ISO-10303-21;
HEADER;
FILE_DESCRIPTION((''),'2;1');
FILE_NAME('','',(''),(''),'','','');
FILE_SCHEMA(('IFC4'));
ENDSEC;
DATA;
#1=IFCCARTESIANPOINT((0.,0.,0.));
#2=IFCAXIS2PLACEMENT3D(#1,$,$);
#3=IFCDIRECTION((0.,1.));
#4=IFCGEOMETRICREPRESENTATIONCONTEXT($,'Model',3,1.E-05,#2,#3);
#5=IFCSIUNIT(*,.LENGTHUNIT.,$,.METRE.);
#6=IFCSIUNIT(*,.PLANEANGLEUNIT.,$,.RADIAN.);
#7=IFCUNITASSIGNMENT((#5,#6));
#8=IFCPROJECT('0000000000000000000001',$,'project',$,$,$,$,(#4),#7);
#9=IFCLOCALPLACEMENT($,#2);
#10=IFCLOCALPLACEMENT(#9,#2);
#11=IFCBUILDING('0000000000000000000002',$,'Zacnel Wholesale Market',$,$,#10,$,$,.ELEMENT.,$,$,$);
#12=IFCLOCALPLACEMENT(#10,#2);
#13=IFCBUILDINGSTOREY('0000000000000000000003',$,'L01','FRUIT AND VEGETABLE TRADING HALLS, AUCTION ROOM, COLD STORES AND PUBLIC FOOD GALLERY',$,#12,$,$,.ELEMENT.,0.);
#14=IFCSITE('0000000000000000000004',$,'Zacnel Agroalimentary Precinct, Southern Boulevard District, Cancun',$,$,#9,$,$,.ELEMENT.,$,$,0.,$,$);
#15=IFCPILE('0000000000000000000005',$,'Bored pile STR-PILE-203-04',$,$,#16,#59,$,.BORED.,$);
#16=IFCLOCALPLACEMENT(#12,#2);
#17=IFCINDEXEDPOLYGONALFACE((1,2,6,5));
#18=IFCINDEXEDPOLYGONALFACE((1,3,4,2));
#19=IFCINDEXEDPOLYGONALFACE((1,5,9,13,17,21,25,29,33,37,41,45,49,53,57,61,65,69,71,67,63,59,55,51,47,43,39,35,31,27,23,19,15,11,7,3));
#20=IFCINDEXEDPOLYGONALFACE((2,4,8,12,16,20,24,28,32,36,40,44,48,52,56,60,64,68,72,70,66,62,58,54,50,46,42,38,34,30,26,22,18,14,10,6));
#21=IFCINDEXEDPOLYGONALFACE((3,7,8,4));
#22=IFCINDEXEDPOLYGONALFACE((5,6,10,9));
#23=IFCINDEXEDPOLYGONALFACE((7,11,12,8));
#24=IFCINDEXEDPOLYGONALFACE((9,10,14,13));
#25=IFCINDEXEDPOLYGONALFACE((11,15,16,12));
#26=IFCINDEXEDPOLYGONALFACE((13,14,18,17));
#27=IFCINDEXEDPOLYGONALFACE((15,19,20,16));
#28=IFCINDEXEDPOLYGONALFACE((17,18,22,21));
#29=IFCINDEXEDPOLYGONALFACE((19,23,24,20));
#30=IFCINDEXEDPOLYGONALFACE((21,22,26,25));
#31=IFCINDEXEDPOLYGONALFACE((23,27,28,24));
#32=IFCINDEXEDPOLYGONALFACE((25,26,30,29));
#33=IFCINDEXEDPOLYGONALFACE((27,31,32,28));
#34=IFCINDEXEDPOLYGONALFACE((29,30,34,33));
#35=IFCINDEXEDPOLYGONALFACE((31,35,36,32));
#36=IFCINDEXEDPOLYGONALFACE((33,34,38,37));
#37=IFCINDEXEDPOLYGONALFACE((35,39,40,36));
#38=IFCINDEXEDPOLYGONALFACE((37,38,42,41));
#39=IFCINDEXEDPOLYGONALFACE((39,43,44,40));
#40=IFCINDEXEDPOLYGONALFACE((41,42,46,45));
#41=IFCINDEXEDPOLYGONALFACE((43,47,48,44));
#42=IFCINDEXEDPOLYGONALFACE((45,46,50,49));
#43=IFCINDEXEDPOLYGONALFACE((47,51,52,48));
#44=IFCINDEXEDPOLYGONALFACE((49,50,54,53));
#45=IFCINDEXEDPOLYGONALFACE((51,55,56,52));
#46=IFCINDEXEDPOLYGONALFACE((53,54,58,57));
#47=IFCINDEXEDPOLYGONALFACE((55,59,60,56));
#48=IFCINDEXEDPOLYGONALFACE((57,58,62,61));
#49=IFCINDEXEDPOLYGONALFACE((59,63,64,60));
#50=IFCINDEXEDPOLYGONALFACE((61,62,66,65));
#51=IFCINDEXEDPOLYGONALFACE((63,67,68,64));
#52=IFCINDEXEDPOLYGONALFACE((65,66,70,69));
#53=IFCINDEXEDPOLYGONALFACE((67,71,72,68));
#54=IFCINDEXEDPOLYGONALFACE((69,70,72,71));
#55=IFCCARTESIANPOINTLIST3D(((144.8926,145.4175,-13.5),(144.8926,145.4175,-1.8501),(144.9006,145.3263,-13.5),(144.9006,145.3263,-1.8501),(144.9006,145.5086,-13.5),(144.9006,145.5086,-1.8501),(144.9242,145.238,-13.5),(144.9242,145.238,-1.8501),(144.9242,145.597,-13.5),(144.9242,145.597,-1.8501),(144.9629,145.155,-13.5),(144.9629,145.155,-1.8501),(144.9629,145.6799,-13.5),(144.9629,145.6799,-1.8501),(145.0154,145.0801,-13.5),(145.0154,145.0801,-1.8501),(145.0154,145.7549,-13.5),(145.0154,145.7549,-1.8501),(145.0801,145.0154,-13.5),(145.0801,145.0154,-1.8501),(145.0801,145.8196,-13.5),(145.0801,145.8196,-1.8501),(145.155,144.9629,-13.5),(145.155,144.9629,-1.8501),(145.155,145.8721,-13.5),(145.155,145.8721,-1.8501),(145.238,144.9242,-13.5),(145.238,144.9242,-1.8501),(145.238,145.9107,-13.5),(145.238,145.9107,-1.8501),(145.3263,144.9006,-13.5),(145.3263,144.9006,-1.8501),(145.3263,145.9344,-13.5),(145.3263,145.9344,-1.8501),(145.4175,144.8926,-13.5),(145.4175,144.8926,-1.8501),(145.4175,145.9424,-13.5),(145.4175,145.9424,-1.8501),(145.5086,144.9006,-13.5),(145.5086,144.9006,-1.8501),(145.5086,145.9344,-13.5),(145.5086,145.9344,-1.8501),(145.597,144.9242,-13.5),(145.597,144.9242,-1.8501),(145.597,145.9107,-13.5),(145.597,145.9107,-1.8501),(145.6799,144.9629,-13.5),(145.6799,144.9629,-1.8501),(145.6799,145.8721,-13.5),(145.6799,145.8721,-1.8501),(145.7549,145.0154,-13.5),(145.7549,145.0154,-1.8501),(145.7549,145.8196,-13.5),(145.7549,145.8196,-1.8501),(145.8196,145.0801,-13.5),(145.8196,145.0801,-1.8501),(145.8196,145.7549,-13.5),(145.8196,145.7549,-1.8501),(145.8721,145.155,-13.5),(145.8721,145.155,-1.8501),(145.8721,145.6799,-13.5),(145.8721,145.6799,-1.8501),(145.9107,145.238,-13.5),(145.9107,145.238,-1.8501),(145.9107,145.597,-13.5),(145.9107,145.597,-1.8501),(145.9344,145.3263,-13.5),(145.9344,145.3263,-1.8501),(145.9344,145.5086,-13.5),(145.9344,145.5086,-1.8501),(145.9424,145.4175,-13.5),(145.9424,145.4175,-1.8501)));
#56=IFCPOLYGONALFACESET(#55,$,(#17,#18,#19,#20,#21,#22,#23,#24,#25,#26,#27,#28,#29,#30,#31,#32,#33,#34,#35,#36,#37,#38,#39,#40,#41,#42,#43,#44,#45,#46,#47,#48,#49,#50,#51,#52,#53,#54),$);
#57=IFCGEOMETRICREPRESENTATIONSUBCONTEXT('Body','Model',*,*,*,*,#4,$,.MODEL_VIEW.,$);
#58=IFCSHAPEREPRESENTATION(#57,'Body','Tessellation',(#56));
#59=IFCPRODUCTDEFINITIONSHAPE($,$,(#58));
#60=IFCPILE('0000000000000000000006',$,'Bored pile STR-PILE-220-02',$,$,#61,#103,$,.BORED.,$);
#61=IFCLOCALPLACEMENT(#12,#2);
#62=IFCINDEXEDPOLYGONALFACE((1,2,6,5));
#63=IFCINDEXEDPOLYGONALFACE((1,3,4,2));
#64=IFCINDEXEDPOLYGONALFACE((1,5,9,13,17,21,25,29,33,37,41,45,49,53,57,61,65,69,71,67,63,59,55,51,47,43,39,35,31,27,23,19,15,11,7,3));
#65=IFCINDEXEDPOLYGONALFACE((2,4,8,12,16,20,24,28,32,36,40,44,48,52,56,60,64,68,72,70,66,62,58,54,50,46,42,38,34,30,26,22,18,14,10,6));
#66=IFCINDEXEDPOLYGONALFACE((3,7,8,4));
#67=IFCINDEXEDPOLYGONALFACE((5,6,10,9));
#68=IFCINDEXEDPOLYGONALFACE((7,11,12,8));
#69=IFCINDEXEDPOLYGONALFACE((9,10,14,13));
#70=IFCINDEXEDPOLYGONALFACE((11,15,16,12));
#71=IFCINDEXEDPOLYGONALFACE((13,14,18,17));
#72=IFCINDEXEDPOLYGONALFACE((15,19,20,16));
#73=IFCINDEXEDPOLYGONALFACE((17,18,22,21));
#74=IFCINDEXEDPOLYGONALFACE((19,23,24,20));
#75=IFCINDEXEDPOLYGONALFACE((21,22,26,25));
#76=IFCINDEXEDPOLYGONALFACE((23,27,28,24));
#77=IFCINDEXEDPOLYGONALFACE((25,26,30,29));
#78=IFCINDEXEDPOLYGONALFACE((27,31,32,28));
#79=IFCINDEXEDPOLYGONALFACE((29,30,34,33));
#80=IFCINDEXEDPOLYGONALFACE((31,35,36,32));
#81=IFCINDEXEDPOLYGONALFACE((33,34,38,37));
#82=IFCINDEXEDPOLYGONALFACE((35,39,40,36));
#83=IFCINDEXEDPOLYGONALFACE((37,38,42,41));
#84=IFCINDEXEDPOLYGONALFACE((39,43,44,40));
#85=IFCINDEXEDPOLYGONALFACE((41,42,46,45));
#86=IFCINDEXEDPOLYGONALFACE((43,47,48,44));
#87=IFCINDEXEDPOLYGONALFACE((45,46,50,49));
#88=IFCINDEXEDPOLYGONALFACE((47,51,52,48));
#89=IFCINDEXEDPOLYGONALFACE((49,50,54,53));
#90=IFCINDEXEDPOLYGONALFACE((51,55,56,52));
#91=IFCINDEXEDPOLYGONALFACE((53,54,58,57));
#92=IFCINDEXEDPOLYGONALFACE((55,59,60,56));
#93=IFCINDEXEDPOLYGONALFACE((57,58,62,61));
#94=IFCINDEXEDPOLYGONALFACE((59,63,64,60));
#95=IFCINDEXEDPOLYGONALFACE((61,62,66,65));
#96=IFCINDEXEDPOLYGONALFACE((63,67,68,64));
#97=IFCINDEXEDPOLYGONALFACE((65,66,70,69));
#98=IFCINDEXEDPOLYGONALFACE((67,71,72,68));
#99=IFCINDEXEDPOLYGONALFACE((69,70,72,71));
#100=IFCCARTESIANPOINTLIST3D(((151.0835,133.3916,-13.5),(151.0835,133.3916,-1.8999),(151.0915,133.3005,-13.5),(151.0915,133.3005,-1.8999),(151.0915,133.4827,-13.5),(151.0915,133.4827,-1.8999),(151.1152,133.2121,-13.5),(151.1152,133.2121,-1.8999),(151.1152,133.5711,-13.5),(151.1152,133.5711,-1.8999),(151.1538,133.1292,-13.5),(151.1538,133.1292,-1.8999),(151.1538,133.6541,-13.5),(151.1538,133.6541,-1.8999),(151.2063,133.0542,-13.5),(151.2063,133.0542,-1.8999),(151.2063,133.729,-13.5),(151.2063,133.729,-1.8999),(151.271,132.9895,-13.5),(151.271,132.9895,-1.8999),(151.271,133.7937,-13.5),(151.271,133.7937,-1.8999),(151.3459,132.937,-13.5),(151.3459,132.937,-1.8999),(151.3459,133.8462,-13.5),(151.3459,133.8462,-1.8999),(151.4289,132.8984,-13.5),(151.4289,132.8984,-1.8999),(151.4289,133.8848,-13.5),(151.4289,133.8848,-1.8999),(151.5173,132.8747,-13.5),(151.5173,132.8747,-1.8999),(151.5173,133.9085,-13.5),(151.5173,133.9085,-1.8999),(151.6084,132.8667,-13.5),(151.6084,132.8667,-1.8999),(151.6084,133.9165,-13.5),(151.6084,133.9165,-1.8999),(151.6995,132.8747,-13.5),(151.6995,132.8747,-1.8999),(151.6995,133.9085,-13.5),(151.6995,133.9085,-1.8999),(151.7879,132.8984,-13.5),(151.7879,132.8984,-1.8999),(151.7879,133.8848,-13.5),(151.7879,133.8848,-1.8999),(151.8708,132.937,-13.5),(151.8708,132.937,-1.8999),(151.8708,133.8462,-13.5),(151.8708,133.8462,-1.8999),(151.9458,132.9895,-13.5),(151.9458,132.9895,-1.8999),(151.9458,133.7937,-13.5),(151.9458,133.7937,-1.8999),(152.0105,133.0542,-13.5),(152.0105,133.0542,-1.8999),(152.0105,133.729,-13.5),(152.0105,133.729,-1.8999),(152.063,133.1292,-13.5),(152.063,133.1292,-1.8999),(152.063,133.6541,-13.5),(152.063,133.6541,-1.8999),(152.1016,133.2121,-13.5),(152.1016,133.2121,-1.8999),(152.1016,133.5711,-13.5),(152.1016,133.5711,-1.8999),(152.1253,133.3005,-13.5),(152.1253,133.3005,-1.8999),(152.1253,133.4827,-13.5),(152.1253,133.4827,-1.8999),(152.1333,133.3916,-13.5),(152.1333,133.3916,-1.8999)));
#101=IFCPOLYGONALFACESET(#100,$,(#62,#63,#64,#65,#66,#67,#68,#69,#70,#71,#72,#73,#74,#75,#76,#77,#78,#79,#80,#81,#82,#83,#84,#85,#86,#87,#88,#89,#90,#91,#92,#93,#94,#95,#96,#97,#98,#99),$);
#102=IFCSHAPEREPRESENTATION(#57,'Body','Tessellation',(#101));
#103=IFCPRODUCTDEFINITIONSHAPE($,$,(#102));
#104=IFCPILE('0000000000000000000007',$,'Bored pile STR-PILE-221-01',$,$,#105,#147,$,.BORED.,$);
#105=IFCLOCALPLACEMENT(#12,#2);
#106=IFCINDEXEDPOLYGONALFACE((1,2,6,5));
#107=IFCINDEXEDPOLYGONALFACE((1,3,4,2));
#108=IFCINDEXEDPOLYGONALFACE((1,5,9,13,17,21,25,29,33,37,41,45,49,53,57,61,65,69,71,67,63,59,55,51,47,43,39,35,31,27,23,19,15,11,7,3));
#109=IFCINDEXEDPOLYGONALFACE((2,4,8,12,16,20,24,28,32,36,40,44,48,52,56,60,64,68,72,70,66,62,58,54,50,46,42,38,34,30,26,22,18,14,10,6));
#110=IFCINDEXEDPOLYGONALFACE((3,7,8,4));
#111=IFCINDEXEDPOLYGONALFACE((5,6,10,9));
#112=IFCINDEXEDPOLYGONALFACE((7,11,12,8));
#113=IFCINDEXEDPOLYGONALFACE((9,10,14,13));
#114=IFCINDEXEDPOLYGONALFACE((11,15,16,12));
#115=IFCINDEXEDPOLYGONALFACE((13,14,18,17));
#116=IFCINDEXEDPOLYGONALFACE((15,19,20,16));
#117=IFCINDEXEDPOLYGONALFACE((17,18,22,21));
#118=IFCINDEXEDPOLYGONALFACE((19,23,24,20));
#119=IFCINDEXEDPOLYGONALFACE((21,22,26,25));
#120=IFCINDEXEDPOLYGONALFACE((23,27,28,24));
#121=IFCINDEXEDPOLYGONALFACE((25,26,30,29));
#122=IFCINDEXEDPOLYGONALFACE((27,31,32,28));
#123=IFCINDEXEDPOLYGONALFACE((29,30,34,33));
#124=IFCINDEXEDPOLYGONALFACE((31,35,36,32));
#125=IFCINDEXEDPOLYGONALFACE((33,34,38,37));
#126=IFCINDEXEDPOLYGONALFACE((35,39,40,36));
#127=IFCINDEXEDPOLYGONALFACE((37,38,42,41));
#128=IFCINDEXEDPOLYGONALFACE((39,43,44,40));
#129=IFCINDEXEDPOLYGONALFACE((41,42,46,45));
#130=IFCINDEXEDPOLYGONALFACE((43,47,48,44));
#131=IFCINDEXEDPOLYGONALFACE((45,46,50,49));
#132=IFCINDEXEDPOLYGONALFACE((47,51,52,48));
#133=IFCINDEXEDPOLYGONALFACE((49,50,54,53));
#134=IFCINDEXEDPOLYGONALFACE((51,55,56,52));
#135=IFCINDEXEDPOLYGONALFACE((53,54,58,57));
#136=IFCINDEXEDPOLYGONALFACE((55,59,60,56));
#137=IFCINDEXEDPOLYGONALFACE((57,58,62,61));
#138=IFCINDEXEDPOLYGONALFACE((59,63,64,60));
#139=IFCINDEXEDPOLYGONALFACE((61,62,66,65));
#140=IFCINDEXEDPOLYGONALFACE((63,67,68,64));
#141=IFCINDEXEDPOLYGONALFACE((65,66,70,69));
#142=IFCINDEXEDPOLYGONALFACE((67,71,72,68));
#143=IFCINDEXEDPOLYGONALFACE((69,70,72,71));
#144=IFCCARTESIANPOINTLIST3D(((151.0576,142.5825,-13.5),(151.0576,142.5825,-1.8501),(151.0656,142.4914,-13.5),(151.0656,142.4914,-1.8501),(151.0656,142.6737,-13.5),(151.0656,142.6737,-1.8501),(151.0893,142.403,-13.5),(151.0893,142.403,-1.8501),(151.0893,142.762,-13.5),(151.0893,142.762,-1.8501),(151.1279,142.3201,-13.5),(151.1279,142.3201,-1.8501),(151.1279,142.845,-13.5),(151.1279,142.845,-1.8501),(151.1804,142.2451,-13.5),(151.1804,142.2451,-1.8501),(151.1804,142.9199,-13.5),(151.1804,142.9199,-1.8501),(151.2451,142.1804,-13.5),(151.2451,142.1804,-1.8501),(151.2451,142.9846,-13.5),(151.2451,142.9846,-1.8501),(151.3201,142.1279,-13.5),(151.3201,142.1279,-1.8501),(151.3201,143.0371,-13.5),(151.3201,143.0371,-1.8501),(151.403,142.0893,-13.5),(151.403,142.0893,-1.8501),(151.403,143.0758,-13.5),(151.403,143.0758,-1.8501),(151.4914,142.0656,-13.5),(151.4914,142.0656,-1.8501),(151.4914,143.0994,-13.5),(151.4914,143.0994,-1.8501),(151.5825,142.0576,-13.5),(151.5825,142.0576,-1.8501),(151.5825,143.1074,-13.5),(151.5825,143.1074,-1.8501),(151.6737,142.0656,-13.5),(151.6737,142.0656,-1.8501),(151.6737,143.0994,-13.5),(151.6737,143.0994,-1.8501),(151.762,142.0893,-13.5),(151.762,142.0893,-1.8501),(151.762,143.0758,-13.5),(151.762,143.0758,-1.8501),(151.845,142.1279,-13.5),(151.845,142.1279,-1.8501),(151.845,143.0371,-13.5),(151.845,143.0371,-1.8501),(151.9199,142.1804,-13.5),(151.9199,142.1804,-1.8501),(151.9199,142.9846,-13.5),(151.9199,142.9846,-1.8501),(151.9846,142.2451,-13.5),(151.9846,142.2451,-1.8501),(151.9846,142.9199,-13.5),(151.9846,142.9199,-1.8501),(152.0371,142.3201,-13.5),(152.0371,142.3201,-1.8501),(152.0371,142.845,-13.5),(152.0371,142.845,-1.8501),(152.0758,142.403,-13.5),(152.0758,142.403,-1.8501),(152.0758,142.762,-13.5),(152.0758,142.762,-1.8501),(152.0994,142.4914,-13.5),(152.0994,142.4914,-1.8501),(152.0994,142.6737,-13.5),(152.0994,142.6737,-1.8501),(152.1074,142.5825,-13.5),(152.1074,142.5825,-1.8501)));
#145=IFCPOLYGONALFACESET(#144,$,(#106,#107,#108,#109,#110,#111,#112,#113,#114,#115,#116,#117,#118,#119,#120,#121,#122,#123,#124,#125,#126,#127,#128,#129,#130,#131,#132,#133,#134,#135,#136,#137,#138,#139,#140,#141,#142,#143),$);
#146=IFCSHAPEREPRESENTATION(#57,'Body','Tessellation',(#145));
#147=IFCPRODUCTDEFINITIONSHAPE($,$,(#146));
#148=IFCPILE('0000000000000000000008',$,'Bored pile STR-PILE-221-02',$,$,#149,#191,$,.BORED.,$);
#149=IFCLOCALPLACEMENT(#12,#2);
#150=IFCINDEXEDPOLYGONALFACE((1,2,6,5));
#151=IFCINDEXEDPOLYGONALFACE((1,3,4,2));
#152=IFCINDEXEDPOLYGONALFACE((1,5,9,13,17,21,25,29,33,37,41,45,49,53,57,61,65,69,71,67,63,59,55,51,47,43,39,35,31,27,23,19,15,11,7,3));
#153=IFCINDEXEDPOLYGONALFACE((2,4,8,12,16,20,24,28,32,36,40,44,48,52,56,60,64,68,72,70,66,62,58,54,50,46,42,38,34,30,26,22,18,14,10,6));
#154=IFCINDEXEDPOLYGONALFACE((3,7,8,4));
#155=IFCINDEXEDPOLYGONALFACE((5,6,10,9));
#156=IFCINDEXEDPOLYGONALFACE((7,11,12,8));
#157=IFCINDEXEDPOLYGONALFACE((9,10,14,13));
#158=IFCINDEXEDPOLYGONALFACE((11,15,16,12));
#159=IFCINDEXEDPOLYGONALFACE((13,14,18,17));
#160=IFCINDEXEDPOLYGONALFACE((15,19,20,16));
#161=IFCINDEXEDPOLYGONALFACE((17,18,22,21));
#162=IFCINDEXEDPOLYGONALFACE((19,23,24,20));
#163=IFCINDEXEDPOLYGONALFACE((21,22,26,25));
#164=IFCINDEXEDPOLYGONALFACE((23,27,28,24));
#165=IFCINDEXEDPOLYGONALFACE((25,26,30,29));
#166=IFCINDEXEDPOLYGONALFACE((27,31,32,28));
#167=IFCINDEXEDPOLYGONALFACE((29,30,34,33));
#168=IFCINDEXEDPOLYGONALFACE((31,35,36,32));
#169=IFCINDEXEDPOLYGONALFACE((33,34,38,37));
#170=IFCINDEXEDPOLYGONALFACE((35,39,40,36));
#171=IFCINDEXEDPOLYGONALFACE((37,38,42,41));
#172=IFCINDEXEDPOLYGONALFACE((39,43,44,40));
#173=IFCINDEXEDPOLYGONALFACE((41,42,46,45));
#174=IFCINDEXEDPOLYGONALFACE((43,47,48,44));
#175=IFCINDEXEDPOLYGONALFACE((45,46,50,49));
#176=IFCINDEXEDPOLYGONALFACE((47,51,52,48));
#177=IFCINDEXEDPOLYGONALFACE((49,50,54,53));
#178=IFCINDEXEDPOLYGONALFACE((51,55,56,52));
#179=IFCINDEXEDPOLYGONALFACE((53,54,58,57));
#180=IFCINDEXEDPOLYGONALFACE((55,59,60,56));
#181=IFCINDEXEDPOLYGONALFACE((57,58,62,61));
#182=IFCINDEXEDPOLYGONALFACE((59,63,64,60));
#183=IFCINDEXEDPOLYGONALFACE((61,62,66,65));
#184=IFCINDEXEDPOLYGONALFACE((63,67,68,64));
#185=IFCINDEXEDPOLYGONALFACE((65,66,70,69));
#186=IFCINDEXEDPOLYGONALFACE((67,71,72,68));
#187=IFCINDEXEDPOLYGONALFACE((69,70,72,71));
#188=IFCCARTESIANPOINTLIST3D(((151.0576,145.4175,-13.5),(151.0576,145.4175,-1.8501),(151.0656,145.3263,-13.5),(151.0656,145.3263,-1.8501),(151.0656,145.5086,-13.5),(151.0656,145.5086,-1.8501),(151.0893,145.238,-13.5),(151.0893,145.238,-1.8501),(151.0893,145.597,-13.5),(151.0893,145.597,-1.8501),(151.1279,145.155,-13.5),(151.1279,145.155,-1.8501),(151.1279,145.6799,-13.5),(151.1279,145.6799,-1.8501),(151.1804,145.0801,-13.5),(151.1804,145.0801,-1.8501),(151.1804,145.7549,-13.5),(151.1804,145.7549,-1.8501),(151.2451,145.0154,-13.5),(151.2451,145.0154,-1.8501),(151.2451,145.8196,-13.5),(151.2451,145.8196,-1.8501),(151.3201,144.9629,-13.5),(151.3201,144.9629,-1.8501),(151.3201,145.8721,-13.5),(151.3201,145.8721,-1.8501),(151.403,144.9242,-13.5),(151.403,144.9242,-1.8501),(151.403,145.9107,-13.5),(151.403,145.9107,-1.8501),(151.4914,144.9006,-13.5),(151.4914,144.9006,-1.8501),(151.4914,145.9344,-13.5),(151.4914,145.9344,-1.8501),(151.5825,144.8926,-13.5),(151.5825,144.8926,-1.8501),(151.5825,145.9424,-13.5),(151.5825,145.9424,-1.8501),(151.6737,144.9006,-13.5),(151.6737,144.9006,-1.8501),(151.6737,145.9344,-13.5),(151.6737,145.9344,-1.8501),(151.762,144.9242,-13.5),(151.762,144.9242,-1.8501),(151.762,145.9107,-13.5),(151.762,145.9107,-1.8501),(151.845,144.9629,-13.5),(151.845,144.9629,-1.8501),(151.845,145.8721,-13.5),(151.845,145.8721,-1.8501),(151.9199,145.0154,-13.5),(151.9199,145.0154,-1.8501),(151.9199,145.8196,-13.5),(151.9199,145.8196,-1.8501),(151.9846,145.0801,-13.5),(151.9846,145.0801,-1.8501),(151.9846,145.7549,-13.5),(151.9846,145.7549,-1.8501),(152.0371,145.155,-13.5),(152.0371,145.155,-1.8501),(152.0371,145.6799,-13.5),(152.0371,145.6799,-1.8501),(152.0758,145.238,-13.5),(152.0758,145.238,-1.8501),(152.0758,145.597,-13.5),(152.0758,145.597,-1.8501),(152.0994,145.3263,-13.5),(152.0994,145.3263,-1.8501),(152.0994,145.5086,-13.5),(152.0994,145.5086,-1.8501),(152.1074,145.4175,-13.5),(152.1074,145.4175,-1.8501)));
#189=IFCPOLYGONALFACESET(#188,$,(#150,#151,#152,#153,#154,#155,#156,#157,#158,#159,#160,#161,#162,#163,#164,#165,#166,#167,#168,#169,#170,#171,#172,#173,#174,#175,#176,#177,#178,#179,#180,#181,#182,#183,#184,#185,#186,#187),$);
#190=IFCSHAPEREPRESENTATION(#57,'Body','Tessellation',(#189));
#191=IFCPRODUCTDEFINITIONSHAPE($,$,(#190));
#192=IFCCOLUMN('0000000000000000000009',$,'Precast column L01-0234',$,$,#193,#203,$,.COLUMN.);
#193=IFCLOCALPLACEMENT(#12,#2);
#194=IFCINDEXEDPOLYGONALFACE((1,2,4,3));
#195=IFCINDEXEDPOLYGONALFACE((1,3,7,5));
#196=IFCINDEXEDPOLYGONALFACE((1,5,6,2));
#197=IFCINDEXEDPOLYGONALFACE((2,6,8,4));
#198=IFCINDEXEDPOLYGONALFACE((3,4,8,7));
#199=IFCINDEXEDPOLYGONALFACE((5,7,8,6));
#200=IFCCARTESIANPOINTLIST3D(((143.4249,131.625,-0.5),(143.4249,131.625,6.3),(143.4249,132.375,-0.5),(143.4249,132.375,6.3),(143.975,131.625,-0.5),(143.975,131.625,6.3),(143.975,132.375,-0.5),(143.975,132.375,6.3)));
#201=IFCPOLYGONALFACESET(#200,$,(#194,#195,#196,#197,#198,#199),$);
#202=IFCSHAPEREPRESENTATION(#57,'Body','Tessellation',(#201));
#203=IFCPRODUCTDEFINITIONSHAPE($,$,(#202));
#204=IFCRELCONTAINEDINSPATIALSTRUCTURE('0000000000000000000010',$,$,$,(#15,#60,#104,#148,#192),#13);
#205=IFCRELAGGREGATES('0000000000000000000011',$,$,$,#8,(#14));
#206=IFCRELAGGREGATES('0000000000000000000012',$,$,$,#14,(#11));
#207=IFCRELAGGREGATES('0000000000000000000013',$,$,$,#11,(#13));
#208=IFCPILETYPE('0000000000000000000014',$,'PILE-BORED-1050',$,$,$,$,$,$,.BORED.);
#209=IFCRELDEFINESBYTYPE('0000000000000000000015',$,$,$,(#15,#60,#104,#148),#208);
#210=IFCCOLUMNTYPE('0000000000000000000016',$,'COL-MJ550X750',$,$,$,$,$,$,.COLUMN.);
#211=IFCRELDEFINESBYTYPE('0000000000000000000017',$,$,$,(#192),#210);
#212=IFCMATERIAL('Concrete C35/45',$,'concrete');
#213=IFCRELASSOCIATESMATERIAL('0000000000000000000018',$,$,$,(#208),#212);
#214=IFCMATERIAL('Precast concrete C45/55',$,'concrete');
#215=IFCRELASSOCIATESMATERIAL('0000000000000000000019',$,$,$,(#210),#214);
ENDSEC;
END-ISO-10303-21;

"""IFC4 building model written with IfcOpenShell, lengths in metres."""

from ifc_helpers import new_model, si_unit, direction, frame, origin, origin_2d, place, context, subcontext, project, spatial, rectangle, circle, extrude, material, material_profile, profile_set, type_object, element, save


model = new_model("IFC4")

# Units and contexts
model_context = context("Model", 3, precision=1e-05, world=origin(), true_north=direction((0.0, 1.0)))
body_context = subcontext(model_context, "Body", "Model", "MODEL_VIEW")
ifc_project = project(units=[si_unit("LENGTHUNIT", "METRE"), si_unit("PLANEANGLEUNIT", "RADIAN")], contexts=[model_context])

# Site, building, storey
site_placement = place(None, origin())
site = spatial("IfcSite", under=ifc_project, at=site_placement, Name="Zacnel Agroalimentary Precinct, Southern Boulevard District, Cancun", CompositionType="ELEMENT", RefElevation=0.0)
building_placement = place(site_placement, origin())
building = spatial("IfcBuilding", under=site, at=building_placement, Name="Zacnel Wholesale Market", CompositionType="ELEMENT")
storey_placement = place(building_placement, origin())
storey = spatial("IfcBuildingStorey", under=building, at=storey_placement, Name="L01", Description="FRUIT AND VEGETABLE TRADING HALLS, AUCTION ROOM, COLD STORES AND PUBLIC FOOD GALLERY", CompositionType="ELEMENT", Elevation=0.0)

# Piles
ifc_material_1 = material(Name="Concrete C35/45", Category="concrete")
ifc_material_profile_1 = material_profile(ifc_material_1, circle(Radius=0.5249, at=origin_2d()), Name="BORED PILE D1050")
ifc_profile_set_1 = profile_set([ifc_material_profile_1], Name="Concrete C35/45")
pile_type = type_object("IfcPileType", Name="PILE-BORED-1050", PredefinedType="BORED", material=ifc_profile_set_1)
for number, where, z_axis, x_axis, name in (
    (1, (145.4175, 145.4175, -1.8501), (0.0, 0.0, -1.0), (1.0, 0.0, 0.0), "Bored pile STR-PILE-203-04"),
):
    element("IfcPile", number, at=place(storey_placement, frame(where, z_axis=z_axis, x_axis=x_axis)), inside=storey, type_object=pile_type, Name=name, PredefinedType="BORED", context=body_context, shape_type="SweptSolid", body=[
        extrude(circle(Radius=0.5249, at=origin_2d()), origin(), (0.0, 0.0, 1.0), 11.6499),
    ])
pile_placement = place(storey_placement, frame((151.6084, 133.3916, -1.8999), z_axis=(0.0, 0.0, -1.0), x_axis=(1.0, 0.0, 0.0)))
element("IfcPile", 2, at=pile_placement, inside=storey, type_object=pile_type, Name="Bored pile STR-PILE-220-02", PredefinedType="BORED", context=body_context, shape_type="SweptSolid", body=[
    extrude(circle(Radius=0.5249, at=origin_2d()), origin(), (0.0, 0.0, 1.0), 11.6001),
])
for number, where, z_axis, x_axis, name in (
    (3, (151.5825, 142.5825, -1.8501), (0.0, 0.0, -1.0), (1.0, 0.0, 0.0), "Bored pile STR-PILE-221-01"),
    (4, (151.5825, 145.4175, -1.8501), (0.0, 0.0, -1.0), (1.0, 0.0, 0.0), "Bored pile STR-PILE-221-02"),
):
    element("IfcPile", number, at=place(storey_placement, frame(where, z_axis=z_axis, x_axis=x_axis)), inside=storey, type_object=pile_type, Name=name, PredefinedType="BORED", context=body_context, shape_type="SweptSolid", body=[
        extrude(circle(Radius=0.5249, at=origin_2d()), origin(), (0.0, 0.0, 1.0), 11.6499),
    ])

# Column
ifc_material_2 = material(Name="Precast concrete C45/55", Category="concrete")
ifc_material_profile_2 = material_profile(ifc_material_2, rectangle(XDim=0.55, YDim=0.75, at=origin_2d()), Name="PC 550x750")
ifc_profile_set_2 = profile_set([ifc_material_profile_2], Name="Precast concrete C45/55")
column_type_1 = type_object("IfcColumnType", Name="COL-MJ550X750", PredefinedType="COLUMN", material=ifc_profile_set_2)
for number, where, z_axis, x_axis, name in (
    (5, (143.7, 132.0, -0.5), (0.0, 0.0, 1.0), (1.0, 0.0, 0.0), "Precast column L01-0234"),
):
    element("IfcColumn", number, at=place(storey_placement, frame(where, z_axis=z_axis, x_axis=x_axis)), inside=storey, type_object=column_type_1, Name=name, PredefinedType="COLUMN", context=body_context, shape_type="SweptSolid", body=[
        extrude(rectangle(XDim=0.55, YDim=0.75, at=origin_2d()), origin(), (0.0, 0.0, 1.0), 6.8),
    ])

save(model, "model.ifc")
